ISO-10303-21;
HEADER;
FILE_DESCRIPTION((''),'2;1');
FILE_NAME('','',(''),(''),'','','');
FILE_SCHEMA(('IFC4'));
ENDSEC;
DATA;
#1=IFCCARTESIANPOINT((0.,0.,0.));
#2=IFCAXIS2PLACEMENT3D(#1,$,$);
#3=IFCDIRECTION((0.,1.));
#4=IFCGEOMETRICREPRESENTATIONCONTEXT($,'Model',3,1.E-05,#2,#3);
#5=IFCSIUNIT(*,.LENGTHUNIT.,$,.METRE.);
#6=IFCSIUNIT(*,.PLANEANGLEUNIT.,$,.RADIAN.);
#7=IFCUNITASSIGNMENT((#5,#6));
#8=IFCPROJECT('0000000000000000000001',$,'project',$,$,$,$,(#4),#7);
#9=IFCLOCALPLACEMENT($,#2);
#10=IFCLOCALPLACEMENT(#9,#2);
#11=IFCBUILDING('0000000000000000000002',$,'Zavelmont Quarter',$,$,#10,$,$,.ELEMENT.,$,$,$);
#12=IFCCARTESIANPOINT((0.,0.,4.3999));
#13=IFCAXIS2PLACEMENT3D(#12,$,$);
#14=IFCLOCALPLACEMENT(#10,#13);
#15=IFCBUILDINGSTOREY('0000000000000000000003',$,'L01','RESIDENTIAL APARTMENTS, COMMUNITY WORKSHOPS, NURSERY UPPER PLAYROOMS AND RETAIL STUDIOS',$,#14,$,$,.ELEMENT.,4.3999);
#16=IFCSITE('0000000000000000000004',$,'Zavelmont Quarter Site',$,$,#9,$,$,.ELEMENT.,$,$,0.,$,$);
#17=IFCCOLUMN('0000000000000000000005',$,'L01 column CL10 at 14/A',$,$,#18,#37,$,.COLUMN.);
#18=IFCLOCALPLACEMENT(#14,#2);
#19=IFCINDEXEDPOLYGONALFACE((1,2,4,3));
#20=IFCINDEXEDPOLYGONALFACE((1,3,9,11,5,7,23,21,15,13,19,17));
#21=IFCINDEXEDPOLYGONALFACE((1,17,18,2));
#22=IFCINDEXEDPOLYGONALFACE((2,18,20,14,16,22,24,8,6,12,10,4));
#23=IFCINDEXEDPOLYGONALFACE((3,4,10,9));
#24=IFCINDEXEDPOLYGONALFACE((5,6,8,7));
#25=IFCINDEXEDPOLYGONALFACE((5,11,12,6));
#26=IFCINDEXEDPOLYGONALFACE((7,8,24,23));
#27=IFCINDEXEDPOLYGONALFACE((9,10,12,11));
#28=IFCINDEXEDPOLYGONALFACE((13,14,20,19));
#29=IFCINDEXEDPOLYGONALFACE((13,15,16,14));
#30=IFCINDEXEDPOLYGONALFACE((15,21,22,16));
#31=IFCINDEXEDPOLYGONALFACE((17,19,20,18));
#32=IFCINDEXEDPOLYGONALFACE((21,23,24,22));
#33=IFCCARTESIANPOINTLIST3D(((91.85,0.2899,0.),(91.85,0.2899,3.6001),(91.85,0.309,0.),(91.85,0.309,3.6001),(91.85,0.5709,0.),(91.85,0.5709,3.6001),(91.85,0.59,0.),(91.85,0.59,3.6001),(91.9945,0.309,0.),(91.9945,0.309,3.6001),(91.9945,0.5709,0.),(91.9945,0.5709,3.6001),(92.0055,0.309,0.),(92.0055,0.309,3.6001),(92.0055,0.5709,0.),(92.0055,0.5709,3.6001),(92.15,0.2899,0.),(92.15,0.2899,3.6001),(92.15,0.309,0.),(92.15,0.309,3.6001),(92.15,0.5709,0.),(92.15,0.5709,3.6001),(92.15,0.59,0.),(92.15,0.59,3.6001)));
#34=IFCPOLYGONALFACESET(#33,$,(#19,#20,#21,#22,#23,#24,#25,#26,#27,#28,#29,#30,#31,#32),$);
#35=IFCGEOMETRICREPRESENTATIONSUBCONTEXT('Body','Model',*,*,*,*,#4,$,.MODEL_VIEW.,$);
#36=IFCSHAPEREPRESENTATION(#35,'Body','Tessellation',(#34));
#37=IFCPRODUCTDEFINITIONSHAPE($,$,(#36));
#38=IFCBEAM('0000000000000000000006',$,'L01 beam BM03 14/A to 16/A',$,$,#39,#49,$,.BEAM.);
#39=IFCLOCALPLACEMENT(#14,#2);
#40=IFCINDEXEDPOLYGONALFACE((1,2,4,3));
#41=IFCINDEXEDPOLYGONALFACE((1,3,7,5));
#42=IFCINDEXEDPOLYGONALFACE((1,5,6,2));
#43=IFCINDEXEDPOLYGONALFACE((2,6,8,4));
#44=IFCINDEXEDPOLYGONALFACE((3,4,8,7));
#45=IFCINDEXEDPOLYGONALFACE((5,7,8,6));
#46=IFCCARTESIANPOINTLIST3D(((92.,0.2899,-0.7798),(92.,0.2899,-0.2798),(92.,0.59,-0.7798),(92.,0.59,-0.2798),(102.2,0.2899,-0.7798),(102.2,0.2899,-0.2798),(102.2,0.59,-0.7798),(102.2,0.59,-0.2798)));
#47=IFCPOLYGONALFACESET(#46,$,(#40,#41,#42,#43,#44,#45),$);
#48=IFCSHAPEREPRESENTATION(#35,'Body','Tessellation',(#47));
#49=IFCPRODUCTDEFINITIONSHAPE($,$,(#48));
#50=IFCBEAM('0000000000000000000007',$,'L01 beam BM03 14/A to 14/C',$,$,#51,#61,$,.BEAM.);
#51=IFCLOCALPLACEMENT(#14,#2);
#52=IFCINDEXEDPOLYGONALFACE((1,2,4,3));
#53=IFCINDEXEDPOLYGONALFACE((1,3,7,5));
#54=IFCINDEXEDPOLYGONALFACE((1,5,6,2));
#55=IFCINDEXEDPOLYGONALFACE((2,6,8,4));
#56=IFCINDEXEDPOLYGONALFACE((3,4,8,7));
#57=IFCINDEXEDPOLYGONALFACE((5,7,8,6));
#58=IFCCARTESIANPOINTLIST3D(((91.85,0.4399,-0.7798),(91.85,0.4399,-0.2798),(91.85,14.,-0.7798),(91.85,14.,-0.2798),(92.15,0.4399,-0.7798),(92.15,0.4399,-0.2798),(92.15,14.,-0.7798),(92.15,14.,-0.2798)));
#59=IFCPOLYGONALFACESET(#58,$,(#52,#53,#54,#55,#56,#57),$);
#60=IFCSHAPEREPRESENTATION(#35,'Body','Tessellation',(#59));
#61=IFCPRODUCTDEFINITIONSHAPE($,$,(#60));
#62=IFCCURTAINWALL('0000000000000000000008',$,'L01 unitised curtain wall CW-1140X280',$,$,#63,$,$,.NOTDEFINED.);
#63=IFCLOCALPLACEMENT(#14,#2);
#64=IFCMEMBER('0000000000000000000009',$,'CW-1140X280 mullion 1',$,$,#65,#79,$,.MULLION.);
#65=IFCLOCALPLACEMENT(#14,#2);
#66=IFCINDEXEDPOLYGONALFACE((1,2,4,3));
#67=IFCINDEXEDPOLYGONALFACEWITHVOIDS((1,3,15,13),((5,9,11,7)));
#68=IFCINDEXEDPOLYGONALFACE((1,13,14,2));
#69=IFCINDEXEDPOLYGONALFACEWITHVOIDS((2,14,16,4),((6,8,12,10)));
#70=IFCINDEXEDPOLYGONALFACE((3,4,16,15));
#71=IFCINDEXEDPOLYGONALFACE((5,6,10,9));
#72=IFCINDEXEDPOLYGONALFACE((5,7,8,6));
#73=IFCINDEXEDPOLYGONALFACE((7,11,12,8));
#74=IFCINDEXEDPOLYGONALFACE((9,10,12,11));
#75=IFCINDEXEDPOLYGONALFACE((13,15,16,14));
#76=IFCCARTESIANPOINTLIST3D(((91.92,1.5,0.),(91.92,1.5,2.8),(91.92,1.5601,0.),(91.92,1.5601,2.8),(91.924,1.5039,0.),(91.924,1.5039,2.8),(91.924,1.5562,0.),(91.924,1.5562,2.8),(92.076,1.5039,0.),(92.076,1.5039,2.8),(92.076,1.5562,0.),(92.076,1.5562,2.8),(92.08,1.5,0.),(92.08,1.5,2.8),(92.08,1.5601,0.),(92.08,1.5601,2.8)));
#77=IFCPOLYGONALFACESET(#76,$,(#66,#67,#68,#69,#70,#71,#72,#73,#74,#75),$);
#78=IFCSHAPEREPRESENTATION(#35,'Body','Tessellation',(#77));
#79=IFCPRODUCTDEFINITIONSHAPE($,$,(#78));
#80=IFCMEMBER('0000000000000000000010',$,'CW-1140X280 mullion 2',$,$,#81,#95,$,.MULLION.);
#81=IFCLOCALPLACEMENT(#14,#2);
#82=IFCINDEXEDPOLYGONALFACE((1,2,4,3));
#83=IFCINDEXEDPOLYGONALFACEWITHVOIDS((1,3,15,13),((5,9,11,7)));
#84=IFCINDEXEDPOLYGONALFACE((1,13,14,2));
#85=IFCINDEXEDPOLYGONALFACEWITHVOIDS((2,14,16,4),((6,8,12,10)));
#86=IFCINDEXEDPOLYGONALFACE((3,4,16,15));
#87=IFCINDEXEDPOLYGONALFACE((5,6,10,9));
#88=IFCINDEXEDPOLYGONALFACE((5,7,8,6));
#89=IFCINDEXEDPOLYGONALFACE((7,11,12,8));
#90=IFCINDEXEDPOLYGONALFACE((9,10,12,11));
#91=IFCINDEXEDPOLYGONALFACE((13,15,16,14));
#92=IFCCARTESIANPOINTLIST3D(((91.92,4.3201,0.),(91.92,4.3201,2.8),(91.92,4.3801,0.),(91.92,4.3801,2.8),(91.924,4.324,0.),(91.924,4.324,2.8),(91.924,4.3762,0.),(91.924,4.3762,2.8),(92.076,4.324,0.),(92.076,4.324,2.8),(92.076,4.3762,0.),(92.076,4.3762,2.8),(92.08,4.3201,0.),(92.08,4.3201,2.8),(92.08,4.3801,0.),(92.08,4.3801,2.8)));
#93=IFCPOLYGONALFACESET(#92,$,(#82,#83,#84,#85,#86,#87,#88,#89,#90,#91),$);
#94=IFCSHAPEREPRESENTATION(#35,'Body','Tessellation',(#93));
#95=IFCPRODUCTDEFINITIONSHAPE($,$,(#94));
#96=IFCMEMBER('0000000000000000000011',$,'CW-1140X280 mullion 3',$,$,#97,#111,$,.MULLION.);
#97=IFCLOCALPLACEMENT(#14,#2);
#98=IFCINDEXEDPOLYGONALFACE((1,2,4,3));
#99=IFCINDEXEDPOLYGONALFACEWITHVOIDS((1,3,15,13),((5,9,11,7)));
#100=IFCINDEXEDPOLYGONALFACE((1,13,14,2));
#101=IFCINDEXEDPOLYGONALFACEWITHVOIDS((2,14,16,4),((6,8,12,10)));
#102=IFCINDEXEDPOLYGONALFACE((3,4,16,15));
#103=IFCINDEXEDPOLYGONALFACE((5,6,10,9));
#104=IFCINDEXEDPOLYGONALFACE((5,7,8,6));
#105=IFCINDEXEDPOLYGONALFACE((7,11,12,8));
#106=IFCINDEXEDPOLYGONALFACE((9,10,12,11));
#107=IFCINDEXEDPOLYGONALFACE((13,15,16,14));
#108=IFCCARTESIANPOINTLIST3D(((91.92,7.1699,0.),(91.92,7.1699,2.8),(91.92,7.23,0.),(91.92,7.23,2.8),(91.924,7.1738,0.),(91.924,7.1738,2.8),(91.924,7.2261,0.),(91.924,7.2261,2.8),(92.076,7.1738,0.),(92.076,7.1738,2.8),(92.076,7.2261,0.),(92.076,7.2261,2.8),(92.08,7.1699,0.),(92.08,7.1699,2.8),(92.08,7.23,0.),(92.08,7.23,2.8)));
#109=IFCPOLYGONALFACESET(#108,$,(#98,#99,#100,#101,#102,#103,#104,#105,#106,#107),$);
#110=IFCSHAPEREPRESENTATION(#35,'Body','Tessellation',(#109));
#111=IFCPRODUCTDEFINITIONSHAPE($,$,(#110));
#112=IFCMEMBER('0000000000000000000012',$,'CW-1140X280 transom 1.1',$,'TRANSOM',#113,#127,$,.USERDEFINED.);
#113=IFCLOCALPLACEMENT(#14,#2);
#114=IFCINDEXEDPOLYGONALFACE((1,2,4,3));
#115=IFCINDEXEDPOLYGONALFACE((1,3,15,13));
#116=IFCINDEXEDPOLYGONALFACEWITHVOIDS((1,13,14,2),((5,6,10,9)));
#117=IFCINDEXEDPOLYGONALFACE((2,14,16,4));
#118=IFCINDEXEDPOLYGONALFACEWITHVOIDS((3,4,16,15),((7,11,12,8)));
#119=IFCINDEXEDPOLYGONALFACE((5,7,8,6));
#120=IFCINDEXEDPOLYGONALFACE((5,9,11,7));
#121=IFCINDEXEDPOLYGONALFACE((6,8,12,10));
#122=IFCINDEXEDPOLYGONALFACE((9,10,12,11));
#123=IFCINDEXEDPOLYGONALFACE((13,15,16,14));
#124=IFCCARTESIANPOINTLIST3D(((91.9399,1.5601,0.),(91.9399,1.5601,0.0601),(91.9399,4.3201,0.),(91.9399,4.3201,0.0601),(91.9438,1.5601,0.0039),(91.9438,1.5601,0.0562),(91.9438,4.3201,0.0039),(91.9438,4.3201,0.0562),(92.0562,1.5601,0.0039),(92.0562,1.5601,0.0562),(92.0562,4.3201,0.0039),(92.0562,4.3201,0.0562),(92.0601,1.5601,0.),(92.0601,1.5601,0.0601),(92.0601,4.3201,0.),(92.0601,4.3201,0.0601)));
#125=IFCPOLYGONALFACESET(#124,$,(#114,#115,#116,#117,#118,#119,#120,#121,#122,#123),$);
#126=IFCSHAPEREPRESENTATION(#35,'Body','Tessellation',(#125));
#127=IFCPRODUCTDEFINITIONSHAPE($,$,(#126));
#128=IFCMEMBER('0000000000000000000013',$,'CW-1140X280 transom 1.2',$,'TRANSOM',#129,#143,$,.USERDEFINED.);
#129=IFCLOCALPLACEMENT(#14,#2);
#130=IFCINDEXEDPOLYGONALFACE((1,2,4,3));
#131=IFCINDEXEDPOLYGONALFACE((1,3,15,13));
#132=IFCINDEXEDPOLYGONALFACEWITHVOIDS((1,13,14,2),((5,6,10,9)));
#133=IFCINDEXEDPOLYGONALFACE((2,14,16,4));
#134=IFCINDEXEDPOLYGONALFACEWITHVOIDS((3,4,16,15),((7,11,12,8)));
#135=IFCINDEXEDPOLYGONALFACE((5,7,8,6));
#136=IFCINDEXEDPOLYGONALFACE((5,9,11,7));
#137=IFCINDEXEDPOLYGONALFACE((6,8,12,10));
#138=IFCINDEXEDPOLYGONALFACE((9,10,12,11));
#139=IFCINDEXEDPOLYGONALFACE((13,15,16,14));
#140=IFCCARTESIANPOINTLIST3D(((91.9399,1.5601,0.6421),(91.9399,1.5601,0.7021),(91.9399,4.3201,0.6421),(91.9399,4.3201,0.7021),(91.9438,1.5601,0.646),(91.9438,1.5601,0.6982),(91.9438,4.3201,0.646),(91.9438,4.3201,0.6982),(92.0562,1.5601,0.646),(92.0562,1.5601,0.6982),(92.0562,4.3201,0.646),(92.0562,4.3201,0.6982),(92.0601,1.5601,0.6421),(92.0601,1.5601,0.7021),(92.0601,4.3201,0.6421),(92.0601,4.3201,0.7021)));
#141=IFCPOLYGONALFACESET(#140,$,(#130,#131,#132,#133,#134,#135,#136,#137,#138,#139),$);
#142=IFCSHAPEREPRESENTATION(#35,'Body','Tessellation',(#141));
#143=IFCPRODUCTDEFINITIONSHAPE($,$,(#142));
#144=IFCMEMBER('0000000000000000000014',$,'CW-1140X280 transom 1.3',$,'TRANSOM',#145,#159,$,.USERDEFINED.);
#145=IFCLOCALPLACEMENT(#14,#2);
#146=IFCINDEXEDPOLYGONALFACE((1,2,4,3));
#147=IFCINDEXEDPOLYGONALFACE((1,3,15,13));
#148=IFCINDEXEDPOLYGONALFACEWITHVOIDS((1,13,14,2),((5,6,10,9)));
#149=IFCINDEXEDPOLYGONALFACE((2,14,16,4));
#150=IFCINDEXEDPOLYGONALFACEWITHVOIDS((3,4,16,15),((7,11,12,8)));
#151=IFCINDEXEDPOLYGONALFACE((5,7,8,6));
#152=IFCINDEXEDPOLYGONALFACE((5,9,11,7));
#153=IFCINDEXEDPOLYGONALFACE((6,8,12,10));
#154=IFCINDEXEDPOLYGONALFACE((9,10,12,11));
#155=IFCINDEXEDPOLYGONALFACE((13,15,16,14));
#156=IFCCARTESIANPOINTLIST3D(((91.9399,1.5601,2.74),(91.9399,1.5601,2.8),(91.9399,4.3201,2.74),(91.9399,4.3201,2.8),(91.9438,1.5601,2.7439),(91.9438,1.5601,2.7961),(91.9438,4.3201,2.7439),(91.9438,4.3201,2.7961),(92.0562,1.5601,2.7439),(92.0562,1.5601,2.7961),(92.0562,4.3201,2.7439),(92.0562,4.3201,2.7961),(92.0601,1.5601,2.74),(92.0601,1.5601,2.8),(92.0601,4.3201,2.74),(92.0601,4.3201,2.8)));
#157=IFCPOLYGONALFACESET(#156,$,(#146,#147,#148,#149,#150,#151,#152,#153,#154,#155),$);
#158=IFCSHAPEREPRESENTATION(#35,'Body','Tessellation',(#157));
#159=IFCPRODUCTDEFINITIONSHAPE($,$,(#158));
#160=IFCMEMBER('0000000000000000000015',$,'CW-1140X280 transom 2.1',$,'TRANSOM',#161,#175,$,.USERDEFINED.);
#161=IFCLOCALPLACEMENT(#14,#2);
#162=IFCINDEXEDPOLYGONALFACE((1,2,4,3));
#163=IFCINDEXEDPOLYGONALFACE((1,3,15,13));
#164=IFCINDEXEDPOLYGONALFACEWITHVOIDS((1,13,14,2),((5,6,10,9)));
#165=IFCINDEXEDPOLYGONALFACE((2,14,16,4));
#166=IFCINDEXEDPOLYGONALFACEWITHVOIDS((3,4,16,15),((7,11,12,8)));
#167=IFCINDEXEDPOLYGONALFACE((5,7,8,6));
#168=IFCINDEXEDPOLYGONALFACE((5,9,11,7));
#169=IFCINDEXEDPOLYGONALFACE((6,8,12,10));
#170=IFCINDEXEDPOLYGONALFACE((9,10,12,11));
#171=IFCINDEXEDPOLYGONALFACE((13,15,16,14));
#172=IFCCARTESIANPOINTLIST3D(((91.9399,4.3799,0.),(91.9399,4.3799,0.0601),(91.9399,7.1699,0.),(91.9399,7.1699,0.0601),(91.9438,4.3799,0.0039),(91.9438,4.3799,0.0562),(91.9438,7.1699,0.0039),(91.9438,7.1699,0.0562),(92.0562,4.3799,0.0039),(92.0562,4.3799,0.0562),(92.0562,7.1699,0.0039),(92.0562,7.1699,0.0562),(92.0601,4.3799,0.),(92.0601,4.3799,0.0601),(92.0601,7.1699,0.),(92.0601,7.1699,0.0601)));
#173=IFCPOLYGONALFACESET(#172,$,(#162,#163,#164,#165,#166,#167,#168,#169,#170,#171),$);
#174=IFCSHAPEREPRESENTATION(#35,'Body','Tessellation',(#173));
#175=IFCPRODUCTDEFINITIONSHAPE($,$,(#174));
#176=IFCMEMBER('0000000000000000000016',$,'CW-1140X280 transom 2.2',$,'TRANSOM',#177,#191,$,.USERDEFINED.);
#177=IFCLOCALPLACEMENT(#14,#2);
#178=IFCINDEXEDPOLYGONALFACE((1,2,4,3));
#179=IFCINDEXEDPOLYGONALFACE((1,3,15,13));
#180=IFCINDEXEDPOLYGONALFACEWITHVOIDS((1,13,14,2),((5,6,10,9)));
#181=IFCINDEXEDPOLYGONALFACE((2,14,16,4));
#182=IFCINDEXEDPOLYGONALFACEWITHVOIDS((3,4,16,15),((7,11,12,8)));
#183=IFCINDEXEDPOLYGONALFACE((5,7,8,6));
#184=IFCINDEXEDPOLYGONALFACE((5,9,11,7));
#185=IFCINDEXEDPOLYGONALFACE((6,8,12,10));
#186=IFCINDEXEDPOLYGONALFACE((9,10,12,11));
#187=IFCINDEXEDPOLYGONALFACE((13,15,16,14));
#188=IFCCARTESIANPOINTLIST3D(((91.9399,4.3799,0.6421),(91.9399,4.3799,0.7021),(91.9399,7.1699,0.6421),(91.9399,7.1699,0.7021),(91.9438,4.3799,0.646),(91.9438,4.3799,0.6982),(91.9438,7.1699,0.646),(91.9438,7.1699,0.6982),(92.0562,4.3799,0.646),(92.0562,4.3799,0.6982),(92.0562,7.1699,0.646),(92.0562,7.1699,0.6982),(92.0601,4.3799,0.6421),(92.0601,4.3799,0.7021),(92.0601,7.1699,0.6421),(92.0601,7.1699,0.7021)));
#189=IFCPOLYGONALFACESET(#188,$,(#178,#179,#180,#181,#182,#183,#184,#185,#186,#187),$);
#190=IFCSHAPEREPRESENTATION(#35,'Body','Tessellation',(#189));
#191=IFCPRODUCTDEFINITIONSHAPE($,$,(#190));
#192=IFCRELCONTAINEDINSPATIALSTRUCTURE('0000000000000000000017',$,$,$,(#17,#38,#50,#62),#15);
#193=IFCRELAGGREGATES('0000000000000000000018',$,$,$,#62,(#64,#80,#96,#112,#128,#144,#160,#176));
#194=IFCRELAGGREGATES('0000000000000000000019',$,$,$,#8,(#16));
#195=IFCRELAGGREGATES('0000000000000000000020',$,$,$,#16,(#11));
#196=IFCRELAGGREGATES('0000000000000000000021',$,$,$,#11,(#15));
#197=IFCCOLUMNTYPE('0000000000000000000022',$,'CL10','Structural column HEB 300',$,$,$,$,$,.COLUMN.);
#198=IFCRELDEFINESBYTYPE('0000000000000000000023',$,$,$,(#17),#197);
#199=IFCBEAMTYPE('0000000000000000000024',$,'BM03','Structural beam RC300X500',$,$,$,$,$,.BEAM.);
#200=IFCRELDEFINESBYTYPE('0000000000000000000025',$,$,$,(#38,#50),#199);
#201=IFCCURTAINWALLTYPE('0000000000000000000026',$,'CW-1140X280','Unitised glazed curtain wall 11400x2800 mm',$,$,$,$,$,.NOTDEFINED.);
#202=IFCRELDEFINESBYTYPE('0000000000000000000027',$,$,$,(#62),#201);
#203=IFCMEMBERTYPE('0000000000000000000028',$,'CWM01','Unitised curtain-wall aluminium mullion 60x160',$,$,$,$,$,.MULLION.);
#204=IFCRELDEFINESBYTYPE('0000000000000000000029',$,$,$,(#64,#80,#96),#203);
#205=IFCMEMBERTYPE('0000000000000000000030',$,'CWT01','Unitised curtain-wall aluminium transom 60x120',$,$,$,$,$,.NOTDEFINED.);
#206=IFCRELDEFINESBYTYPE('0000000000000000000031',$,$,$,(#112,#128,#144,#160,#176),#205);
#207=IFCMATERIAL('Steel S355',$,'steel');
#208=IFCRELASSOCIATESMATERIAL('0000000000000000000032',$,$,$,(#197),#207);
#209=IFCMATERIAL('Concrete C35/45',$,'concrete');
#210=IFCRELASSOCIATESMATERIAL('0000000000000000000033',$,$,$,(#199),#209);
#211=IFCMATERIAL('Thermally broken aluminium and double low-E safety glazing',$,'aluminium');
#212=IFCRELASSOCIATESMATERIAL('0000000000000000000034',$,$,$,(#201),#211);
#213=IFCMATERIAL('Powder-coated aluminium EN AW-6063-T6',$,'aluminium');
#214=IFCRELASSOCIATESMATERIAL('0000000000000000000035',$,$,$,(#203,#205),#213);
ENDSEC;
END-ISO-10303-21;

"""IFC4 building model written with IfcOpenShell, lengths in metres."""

from ifc_helpers import new_model, si_unit, direction, frame, origin, origin_2d, place, context, subcontext, project, spatial, rectangle, hollow_rectangle, i_section, extrude, material, material_profile, profile_set, type_object, element, aggregate, save


model = new_model("IFC4")

# Units and contexts
model_context = context("Model", 3, precision=1e-05, world=origin(), true_north=direction((0.0, 1.0)))
body_context = subcontext(model_context, "Body", "Model", "MODEL_VIEW")
ifc_project = project(units=[si_unit("LENGTHUNIT", "METRE"), si_unit("PLANEANGLEUNIT", "RADIAN")], contexts=[model_context])

# Site, building, storey
site_placement = place(None, origin())
site = spatial("IfcSite", under=ifc_project, at=site_placement, Name="Zavelmont Quarter Site", CompositionType="ELEMENT", RefElevation=0.0)
building_placement = place(site_placement, origin())
building = spatial("IfcBuilding", under=site, at=building_placement, Name="Zavelmont Quarter", CompositionType="ELEMENT")
storey_placement = place(building_placement, frame((0.0, 0.0, 4.3999)))
storey = spatial("IfcBuildingStorey", under=building, at=storey_placement, Name="L01", Description="RESIDENTIAL APARTMENTS, COMMUNITY WORKSHOPS, NURSERY UPPER PLAYROOMS AND RETAIL STUDIOS", CompositionType="ELEMENT", Elevation=4.3999)

# Column
ifc_material_1 = material(Name="Steel S355", Category="steel")
ifc_material_profile_1 = material_profile(ifc_material_1, i_section(OverallWidth=0.3, OverallDepth=0.3, WebThickness=0.011, FlangeThickness=0.019, at=origin_2d()), Name="HEB 300")
ifc_profile_set_1 = profile_set([ifc_material_profile_1], Name="Steel S355")
column_type = type_object("IfcColumnType", Name="CL10", Description="Structural column HEB 300", PredefinedType="COLUMN", material=ifc_profile_set_1)
column_placement = place(storey_placement, frame((92.0, 0.4399, 0.0), z_axis=(0.0, 0.0, 1.0), x_axis=(1.0, 0.0, 0.0)))
element("IfcColumn", 1, at=column_placement, inside=storey, type_object=column_type, Name="L01 column CL10 at 14/A", PredefinedType="COLUMN", context=body_context, shape_type="SweptSolid", body=[
    extrude(i_section(OverallWidth=0.3, OverallDepth=0.3, WebThickness=0.011, FlangeThickness=0.019, at=origin_2d()), origin(), (0.0, 0.0, 1.0), 3.6001),
])

# Beams
ifc_material_2 = material(Name="Concrete C35/45", Category="concrete")
ifc_material_profile_2 = material_profile(ifc_material_2, rectangle(XDim=0.3, YDim=0.5, at=origin_2d()), Name="RC300X500")
ifc_profile_set_2 = profile_set([ifc_material_profile_2], Name="Concrete C35/45")
beam_type = type_object("IfcBeamType", Name="BM03", Description="Structural beam RC300X500", PredefinedType="BEAM", material=ifc_profile_set_2)
beam_1_placement = place(storey_placement, frame((92.0, 0.4399, -0.5298), z_axis=(1.0, 0.0, 0.0), x_axis=(0.0, 1.0, 0.0)))
element("IfcBeam", 2, at=beam_1_placement, inside=storey, type_object=beam_type, Name="L01 beam BM03 14/A to 16/A", PredefinedType="BEAM", context=body_context, shape_type="SweptSolid", body=[
    extrude(rectangle(XDim=0.3, YDim=0.5, at=origin_2d()), origin(), (0.0, 0.0, 1.0), 10.2),
])
beam_2_placement = place(storey_placement, frame((92.0, 0.4399, -0.5298), z_axis=(0.0, 1.0, 0.0), x_axis=(-1.0, 0.0, 0.0)))
element("IfcBeam", 3, at=beam_2_placement, inside=storey, type_object=beam_type, Name="L01 beam BM03 14/A to 14/C", PredefinedType="BEAM", context=body_context, shape_type="SweptSolid", body=[
    extrude(rectangle(XDim=0.3, YDim=0.5, at=origin_2d()), origin(), (0.0, 0.0, 1.0), 13.5601),
])

# Curtain wall, members
ifc_material_3 = material(Name="Thermally broken aluminium and double low-E safety glazing", Category="aluminium")
curtain_wall_type = type_object("IfcCurtainWallType", Name="CW-1140X280", Description="Unitised glazed curtain wall 11400x2800 mm", PredefinedType="NOTDEFINED", material=ifc_material_3)
curtain_wall_placement = place(storey_placement, origin())
curtain_wall = element("IfcCurtainWall", 4, at=curtain_wall_placement, inside=storey, type_object=curtain_wall_type, Name="L01 unitised curtain wall CW-1140X280", PredefinedType="NOTDEFINED")
ifc_material_4 = material(Name="Powder-coated aluminium EN AW-6063-T6", Category="aluminium")
ifc_material_profile_3 = material_profile(ifc_material_4, hollow_rectangle(XDim=0.0601, YDim=0.1599, WallThickness=0.0039, at=origin_2d()), Name="CWM60X160")
ifc_profile_set_3 = profile_set([ifc_material_profile_3], Name="Powder-coated aluminium EN AW-6063-T6")
member_type_1 = type_object("IfcMemberType", Name="CWM01", Description="Unitised curtain-wall aluminium mullion 60x160", PredefinedType="MULLION", material=ifc_profile_set_3)
member_1_placement = place(storey_placement, frame((92.0, 1.53, 0.0), z_axis=(0.0, 0.0, 1.0), x_axis=(0.0, 1.0, 0.0)))
member_1 = element("IfcMember", 5, at=member_1_placement, type_object=member_type_1, Name="CW-1140X280 mullion 1", PredefinedType="MULLION", context=body_context, shape_type="SweptSolid", body=[
    extrude(hollow_rectangle(XDim=0.0601, YDim=0.1599, WallThickness=0.0039, at=origin_2d()), origin(), (0.0, 0.0, 1.0), 2.8),
])
member_2_placement = place(storey_placement, frame((92.0, 4.3501, 0.0), z_axis=(0.0, 0.0, 1.0), x_axis=(0.0, 1.0, 0.0)))
member_2 = element("IfcMember", 6, at=member_2_placement, type_object=member_type_1, Name="CW-1140X280 mullion 2", PredefinedType="MULLION", context=body_context, shape_type="SweptSolid", body=[
    extrude(hollow_rectangle(XDim=0.0601, YDim=0.1599, WallThickness=0.0039, at=origin_2d()), origin(), (0.0, 0.0, 1.0), 2.8),
])
member_3_placement = place(storey_placement, frame((92.0, 7.2, 0.0), z_axis=(0.0, 0.0, 1.0), x_axis=(0.0, 1.0, 0.0)))
member_3 = element("IfcMember", 7, at=member_3_placement, type_object=member_type_1, Name="CW-1140X280 mullion 3", PredefinedType="MULLION", context=body_context, shape_type="SweptSolid", body=[
    extrude(hollow_rectangle(XDim=0.0601, YDim=0.1599, WallThickness=0.0039, at=origin_2d()), origin(), (0.0, 0.0, 1.0), 2.8),
])
ifc_material_profile_4 = material_profile(ifc_material_4, hollow_rectangle(XDim=0.1201, YDim=0.0601, WallThickness=0.0039, at=origin_2d()), Name="CWT60X120")
ifc_profile_set_4 = profile_set([ifc_material_profile_4], Name="Powder-coated aluminium EN AW-6063-T6")
member_type_2 = type_object("IfcMemberType", Name="CWT01", Description="Unitised curtain-wall aluminium transom 60x120", PredefinedType="NOTDEFINED", material=ifc_profile_set_4)
member_4_placement = place(storey_placement, frame((92.0, 1.5601, 0.03), z_axis=(0.0, 1.0, 0.0), x_axis=(-1.0, 0.0, 0.0)))
member_4 = element("IfcMember", 8, at=member_4_placement, type_object=member_type_2, Name="CW-1140X280 transom 1.1", ObjectType="TRANSOM", PredefinedType="USERDEFINED", context=body_context, shape_type="SweptSolid", body=[
    extrude(hollow_rectangle(XDim=0.1201, YDim=0.0601, WallThickness=0.0039, at=origin_2d()), origin(), (0.0, 0.0, 1.0), 2.76),
])
member_5_placement = place(storey_placement, frame((92.0, 1.5601, 0.6721), z_axis=(0.0, 1.0, 0.0), x_axis=(-1.0, 0.0, 0.0)))
member_5 = element("IfcMember", 9, at=member_5_placement, type_object=member_type_2, Name="CW-1140X280 transom 1.2", ObjectType="TRANSOM", PredefinedType="USERDEFINED", context=body_context, shape_type="SweptSolid", body=[
    extrude(hollow_rectangle(XDim=0.1201, YDim=0.0601, WallThickness=0.0039, at=origin_2d()), origin(), (0.0, 0.0, 1.0), 2.76),
])
member_6_placement = place(storey_placement, frame((92.0, 1.5601, 2.77), z_axis=(0.0, 1.0, 0.0), x_axis=(-1.0, 0.0, 0.0)))
member_6 = element("IfcMember", 10, at=member_6_placement, type_object=member_type_2, Name="CW-1140X280 transom 1.3", ObjectType="TRANSOM", PredefinedType="USERDEFINED", context=body_context, shape_type="SweptSolid", body=[
    extrude(hollow_rectangle(XDim=0.1201, YDim=0.0601, WallThickness=0.0039, at=origin_2d()), origin(), (0.0, 0.0, 1.0), 2.76),
])
member_7_placement = place(storey_placement, frame((92.0, 4.3799, 0.03), z_axis=(0.0, 1.0, 0.0), x_axis=(-1.0, 0.0, 0.0)))
member_7 = element("IfcMember", 11, at=member_7_placement, type_object=member_type_2, Name="CW-1140X280 transom 2.1", ObjectType="TRANSOM", PredefinedType="USERDEFINED", context=body_context, shape_type="SweptSolid", body=[
    extrude(hollow_rectangle(XDim=0.1201, YDim=0.0601, WallThickness=0.0039, at=origin_2d()), origin(), (0.0, 0.0, 1.0), 2.79),
])
member_8_placement = place(storey_placement, frame((92.0, 4.3799, 0.6721), z_axis=(0.0, 1.0, 0.0), x_axis=(-1.0, 0.0, 0.0)))
member_8 = element("IfcMember", 12, at=member_8_placement, type_object=member_type_2, Name="CW-1140X280 transom 2.2", ObjectType="TRANSOM", PredefinedType="USERDEFINED", context=body_context, shape_type="SweptSolid", body=[
    extrude(hollow_rectangle(XDim=0.1201, YDim=0.0601, WallThickness=0.0039, at=origin_2d()), origin(), (0.0, 0.0, 1.0), 2.79),
])

aggregate(curtain_wall, [member_1, member_2, member_3, member_4, member_5, member_6, member_7, member_8])

save(model, "model.ifc")
